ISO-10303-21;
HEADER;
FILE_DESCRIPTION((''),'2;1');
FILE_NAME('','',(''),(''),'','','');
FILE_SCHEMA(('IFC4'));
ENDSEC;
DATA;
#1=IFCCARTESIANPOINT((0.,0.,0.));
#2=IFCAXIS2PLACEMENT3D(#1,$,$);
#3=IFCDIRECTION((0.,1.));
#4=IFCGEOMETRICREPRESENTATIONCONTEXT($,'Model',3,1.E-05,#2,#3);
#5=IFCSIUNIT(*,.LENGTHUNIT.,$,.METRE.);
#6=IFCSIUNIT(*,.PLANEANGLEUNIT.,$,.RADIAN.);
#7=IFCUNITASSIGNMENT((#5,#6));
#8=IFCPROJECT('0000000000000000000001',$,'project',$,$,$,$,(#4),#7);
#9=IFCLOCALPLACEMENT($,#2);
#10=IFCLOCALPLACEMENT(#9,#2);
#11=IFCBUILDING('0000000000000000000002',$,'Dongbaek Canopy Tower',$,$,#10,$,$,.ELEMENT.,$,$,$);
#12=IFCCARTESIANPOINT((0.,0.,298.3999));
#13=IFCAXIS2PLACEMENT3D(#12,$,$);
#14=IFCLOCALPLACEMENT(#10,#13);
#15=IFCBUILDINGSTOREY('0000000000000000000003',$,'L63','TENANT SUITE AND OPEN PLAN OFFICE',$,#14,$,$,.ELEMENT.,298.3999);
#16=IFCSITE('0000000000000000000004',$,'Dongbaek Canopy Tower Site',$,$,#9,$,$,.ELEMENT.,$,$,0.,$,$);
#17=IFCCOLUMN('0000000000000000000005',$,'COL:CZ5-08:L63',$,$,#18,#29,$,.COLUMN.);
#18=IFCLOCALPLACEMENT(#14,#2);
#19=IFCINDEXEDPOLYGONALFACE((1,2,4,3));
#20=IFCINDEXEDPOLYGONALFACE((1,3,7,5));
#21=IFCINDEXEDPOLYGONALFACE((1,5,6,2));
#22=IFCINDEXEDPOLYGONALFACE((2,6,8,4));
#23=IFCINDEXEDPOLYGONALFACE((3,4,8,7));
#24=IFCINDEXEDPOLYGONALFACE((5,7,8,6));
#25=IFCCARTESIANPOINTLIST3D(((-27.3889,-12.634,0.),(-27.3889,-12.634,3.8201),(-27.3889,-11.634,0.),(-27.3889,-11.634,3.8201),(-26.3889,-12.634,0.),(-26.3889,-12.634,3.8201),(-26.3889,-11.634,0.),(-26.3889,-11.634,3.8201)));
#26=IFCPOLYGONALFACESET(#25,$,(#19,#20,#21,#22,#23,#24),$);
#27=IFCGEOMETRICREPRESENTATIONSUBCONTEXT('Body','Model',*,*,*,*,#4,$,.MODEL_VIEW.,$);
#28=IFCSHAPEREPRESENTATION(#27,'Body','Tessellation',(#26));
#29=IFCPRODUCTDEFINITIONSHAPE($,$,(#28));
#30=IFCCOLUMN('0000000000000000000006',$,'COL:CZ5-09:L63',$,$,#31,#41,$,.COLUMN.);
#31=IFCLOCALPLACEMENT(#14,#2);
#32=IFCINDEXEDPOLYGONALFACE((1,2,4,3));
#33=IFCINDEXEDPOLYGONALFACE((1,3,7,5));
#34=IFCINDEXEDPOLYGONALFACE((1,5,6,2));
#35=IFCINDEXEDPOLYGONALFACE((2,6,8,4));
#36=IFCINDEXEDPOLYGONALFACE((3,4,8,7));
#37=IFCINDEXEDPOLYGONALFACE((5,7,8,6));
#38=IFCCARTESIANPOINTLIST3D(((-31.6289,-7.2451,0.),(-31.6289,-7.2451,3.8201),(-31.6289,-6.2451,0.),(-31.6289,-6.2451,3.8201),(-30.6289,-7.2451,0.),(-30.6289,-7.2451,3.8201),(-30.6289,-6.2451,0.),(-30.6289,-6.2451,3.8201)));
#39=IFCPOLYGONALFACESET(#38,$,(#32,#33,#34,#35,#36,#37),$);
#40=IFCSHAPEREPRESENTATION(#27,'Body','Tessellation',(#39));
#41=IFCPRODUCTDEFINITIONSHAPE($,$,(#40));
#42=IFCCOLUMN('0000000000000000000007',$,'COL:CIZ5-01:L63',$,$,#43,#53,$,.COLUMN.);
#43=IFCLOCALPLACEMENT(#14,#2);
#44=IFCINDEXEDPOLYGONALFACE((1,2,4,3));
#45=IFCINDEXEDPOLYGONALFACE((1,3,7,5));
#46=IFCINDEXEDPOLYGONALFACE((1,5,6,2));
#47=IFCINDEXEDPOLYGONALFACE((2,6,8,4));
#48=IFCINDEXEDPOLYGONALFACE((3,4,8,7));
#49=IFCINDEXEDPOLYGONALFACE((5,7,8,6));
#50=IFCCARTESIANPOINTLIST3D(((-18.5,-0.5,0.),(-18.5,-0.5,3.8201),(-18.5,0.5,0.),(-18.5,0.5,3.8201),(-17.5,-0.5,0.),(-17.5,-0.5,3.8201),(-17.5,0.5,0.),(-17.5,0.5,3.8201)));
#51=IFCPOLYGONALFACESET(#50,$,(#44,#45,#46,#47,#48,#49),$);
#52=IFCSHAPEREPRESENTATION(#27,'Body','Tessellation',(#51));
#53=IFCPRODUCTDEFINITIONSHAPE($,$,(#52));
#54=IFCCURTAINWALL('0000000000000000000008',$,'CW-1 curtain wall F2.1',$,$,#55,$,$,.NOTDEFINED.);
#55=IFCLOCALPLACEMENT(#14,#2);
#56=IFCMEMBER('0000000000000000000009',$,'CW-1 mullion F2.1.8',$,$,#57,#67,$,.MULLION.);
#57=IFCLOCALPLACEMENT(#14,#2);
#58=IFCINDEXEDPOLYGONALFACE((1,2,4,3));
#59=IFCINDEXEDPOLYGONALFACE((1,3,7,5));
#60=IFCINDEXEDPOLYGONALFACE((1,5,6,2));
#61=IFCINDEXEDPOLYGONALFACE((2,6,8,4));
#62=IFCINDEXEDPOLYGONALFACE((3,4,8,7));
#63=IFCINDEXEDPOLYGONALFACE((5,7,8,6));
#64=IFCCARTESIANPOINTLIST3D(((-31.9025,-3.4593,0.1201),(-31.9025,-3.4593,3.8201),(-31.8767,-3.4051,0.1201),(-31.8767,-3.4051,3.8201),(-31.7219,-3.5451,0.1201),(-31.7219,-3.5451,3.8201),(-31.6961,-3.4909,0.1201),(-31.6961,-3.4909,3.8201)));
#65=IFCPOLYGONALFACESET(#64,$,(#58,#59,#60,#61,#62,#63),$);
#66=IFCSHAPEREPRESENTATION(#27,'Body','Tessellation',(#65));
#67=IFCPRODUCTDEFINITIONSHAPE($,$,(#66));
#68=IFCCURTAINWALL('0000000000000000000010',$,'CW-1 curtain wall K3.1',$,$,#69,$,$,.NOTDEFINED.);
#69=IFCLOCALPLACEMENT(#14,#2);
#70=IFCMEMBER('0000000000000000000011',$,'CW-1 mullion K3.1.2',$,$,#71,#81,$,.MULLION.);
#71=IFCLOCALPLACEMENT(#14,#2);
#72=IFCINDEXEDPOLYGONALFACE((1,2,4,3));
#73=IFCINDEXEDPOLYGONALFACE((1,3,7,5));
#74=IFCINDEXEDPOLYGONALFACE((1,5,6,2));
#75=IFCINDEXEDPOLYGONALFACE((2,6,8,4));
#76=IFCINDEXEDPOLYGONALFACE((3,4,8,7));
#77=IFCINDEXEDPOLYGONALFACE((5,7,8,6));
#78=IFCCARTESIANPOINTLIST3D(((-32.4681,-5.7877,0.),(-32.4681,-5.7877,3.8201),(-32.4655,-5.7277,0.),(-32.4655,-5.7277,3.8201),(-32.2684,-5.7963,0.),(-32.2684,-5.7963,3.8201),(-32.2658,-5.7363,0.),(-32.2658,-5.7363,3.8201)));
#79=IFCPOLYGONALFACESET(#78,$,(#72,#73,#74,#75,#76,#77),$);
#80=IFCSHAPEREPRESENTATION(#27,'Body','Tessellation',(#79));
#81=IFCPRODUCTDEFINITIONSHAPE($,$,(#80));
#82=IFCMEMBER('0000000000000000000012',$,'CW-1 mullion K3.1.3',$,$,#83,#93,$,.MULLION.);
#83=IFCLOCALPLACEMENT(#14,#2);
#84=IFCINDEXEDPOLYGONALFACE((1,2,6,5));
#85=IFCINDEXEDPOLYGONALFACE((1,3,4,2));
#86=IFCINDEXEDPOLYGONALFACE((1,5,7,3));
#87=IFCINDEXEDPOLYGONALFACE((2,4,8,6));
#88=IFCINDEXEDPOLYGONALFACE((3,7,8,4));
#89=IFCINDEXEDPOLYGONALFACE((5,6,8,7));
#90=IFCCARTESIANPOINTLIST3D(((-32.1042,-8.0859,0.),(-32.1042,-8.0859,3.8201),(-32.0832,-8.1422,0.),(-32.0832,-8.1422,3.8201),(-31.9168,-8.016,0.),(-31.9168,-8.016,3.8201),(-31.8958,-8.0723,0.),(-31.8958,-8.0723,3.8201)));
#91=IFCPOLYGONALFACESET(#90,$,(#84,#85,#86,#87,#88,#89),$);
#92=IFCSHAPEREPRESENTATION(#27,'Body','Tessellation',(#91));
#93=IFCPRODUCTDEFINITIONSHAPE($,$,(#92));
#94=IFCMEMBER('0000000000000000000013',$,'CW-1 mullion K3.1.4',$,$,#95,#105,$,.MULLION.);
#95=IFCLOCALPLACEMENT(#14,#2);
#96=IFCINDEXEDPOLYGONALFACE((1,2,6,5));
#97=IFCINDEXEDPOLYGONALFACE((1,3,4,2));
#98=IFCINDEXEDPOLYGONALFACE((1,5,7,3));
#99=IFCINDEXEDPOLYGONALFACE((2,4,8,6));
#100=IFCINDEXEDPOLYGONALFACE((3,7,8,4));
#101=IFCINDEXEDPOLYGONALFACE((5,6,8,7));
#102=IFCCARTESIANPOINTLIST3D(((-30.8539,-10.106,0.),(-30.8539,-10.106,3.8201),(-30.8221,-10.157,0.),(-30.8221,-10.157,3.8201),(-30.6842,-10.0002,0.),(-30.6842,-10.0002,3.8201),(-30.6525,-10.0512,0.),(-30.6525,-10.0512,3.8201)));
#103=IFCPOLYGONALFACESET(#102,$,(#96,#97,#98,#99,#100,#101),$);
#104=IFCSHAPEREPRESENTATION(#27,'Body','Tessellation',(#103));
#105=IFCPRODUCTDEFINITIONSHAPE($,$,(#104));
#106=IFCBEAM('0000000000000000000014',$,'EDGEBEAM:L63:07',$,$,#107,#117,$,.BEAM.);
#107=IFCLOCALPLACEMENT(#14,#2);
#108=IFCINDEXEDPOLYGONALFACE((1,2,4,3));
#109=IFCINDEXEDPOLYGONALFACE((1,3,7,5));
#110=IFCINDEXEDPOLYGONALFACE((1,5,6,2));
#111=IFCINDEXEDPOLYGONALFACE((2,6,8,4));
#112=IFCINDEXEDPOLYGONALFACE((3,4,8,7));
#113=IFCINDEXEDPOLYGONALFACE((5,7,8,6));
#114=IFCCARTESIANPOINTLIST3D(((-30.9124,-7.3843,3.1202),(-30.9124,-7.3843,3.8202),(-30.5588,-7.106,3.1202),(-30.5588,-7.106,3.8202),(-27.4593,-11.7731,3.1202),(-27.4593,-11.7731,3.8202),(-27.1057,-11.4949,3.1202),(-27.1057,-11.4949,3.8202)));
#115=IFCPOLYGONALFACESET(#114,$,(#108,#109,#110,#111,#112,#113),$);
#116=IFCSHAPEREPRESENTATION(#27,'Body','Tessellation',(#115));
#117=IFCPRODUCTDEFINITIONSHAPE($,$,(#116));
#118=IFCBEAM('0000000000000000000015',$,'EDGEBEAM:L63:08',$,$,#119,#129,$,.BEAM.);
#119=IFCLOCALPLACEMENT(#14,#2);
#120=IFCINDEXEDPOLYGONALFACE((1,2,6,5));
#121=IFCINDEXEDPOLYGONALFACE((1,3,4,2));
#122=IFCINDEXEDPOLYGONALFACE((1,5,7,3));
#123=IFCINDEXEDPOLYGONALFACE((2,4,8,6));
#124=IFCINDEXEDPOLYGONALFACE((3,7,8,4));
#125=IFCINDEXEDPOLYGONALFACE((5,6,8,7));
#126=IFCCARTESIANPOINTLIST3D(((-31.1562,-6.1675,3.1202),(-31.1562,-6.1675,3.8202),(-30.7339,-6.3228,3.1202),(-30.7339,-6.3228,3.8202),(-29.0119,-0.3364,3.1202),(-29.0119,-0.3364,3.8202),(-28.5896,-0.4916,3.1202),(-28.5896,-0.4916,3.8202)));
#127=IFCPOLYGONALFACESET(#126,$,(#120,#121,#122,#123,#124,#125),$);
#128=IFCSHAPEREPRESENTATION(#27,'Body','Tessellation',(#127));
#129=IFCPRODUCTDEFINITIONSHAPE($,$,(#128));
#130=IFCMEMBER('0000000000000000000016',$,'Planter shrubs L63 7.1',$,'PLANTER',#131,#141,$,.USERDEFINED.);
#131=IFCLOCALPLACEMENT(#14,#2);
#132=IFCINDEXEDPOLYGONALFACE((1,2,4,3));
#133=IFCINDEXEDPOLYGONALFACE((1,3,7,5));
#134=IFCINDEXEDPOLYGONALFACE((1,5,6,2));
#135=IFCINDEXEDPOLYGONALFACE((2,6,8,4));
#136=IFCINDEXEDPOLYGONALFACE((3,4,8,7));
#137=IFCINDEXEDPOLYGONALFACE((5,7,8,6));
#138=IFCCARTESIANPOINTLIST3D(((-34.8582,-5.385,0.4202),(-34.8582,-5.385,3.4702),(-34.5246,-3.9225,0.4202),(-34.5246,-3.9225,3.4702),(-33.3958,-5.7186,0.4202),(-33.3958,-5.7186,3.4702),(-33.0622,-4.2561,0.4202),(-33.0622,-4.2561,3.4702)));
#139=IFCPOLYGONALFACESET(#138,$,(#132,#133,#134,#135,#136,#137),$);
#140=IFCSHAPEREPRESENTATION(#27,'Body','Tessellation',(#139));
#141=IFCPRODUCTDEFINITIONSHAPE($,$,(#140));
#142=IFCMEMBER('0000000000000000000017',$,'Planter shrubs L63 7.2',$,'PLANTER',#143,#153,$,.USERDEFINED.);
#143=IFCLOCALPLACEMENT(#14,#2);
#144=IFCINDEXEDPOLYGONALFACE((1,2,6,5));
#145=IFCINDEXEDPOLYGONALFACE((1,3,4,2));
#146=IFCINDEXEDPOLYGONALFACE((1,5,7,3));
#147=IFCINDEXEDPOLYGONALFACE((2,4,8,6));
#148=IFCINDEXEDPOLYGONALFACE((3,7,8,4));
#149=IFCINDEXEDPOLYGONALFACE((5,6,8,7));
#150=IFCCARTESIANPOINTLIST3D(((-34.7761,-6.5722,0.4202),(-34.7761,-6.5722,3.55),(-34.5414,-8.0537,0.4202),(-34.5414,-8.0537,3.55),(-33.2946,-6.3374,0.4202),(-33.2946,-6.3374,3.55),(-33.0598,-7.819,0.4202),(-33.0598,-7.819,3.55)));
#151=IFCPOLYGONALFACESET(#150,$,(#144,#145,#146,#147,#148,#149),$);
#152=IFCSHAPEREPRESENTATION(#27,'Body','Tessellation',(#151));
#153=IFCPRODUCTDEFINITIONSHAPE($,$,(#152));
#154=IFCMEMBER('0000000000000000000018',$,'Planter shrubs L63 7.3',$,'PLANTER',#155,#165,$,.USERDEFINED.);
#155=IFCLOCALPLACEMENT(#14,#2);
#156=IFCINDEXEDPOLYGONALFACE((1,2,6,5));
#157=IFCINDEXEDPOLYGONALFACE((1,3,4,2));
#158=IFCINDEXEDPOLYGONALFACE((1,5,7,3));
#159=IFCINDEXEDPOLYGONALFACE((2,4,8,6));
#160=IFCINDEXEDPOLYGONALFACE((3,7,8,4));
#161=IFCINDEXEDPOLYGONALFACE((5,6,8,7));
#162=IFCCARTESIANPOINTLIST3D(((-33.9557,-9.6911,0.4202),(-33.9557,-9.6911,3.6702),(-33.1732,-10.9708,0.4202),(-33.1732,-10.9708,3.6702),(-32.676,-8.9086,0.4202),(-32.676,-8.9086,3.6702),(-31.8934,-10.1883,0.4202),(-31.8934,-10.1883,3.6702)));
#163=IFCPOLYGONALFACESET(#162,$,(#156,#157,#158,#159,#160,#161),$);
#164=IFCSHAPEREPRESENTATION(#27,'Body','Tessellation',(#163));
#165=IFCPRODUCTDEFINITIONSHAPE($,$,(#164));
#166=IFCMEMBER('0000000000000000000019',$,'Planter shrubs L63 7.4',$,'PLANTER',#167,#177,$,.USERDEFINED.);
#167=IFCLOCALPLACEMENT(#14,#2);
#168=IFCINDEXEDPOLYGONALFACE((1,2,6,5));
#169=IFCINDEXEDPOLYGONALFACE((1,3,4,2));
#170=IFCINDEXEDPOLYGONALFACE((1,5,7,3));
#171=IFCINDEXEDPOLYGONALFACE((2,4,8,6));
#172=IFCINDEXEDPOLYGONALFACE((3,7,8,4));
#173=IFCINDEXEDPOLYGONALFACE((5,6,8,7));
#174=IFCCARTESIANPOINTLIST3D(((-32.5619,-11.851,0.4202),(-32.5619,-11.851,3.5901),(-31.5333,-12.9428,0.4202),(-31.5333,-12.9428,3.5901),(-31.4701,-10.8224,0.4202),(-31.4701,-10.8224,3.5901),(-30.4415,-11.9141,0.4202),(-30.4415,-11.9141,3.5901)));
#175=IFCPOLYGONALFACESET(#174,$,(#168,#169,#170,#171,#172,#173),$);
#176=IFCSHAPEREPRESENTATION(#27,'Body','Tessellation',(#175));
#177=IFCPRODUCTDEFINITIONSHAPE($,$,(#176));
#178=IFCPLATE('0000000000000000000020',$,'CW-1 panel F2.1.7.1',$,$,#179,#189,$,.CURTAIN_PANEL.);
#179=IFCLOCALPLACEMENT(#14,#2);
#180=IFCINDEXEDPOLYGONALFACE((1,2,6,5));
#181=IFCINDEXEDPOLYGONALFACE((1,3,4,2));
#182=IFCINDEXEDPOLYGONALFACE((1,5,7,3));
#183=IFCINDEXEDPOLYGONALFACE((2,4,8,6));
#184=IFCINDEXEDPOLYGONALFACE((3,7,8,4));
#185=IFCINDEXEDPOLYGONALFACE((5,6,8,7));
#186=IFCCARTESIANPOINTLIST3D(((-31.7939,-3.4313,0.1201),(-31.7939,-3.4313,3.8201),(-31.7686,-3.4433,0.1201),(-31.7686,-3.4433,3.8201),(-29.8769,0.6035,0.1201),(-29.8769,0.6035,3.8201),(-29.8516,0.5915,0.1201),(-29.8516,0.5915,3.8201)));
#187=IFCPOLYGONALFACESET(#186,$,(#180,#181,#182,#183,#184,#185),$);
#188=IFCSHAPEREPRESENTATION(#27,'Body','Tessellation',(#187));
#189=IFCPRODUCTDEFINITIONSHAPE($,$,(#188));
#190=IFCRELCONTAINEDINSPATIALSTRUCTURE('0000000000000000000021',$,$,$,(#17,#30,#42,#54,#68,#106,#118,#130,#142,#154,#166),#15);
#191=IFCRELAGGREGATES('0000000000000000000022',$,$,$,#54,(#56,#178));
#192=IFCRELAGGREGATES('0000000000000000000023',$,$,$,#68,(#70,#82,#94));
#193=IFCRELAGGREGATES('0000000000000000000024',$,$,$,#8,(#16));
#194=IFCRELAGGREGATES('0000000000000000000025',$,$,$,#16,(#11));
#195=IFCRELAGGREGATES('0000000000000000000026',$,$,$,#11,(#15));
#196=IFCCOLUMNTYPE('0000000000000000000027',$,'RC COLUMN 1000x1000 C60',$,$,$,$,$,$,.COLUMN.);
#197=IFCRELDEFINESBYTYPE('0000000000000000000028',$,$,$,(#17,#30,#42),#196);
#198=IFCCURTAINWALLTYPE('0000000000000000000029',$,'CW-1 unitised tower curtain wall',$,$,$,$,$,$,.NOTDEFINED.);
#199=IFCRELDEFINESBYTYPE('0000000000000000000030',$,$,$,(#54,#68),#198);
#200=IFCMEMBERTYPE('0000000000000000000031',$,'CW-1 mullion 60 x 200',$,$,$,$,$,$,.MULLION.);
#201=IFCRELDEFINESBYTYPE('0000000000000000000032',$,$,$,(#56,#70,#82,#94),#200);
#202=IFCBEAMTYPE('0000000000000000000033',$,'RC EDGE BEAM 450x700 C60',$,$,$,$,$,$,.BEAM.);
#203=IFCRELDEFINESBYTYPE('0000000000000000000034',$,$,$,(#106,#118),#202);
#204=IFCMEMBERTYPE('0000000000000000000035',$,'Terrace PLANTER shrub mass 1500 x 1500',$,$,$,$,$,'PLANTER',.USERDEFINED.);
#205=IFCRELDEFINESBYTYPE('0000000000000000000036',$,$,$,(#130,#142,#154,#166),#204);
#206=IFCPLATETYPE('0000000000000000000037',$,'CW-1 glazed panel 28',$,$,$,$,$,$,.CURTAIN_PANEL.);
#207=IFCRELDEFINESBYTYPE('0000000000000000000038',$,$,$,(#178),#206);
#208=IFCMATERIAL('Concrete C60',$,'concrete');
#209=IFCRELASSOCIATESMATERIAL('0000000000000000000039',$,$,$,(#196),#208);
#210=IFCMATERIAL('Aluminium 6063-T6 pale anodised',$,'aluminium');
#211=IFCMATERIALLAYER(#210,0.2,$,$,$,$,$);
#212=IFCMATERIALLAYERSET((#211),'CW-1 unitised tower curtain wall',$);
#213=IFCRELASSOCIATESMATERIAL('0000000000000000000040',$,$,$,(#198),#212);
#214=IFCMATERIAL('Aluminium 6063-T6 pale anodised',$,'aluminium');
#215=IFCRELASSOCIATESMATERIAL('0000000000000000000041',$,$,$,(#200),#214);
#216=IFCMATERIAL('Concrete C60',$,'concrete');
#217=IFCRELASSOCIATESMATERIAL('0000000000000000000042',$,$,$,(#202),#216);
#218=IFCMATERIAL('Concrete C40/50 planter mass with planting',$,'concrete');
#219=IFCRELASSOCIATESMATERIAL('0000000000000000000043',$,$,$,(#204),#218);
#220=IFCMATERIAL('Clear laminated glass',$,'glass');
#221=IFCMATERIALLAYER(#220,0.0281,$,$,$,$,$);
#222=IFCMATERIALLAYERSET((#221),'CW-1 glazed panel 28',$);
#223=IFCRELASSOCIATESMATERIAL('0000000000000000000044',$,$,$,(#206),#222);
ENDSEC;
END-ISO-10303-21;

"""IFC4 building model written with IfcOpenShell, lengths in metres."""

from ifc_helpers import new_model, si_unit, direction, frame, origin, origin_2d, place, context, subcontext, project, spatial, rectangle, extrude, material, layer, layer_set, material_profile, profile_set, type_object, element, aggregate, save


model = new_model("IFC4")

# Units and contexts
model_context = context("Model", 3, precision=1e-05, world=origin(), true_north=direction((0.0, 1.0)))
body_context = subcontext(model_context, "Body", "Model", "MODEL_VIEW")
ifc_project = project(units=[si_unit("LENGTHUNIT", "METRE"), si_unit("PLANEANGLEUNIT", "RADIAN")], contexts=[model_context])

# Site, building, storey
site_placement = place(None, origin())
site = spatial("IfcSite", under=ifc_project, at=site_placement, Name="Dongbaek Canopy Tower Site", CompositionType="ELEMENT", RefElevation=0.0)
building_placement = place(site_placement, origin())
building = spatial("IfcBuilding", under=site, at=building_placement, Name="Dongbaek Canopy Tower", CompositionType="ELEMENT")
storey_placement = place(building_placement, frame((0.0, 0.0, 298.3999)))
storey = spatial("IfcBuildingStorey", under=building, at=storey_placement, Name="L63", Description="TENANT SUITE AND OPEN PLAN OFFICE", CompositionType="ELEMENT", Elevation=298.3999)

# Columns
ifc_material_1 = material(Name="Concrete C60", Category="concrete")
ifc_material_profile_1 = material_profile(ifc_material_1, rectangle(XDim=1.0, YDim=1.0, at=origin_2d()), Name="RC COLUMN 1000x1000 C60")
ifc_profile_set_1 = profile_set([ifc_material_profile_1], Name="Concrete C60")
column_type = type_object("IfcColumnType", Name="RC COLUMN 1000x1000 C60", PredefinedType="COLUMN", material=ifc_profile_set_1)
for number, where, z_axis, x_axis, name in (
    (1, (-26.8889, -12.134, 0.0), (0.0, 0.0, 1.0), (1.0, 0.0, 0.0), "COL:CZ5-08:L63"),
    (2, (-31.1289, -6.7451, 0.0), (0.0, 0.0, 1.0), (1.0, 0.0, 0.0), "COL:CZ5-09:L63"),
    (3, (-18.0, 0.0, 0.0), (0.0, 0.0, 1.0), (1.0, 0.0, 0.0), "COL:CIZ5-01:L63"),
):
    element("IfcColumn", number, at=place(storey_placement, frame(where, z_axis=z_axis, x_axis=x_axis)), inside=storey, type_object=column_type, Name=name, PredefinedType="COLUMN", context=body_context, shape_type="SweptSolid", body=[
        extrude(rectangle(XDim=1.0, YDim=1.0, at=origin_2d()), origin(), (0.0, 0.0, 1.0), 3.8201),
    ])

# Curtain wall, member
ifc_material_2 = material(Name="Aluminium 6063-T6 pale anodised", Category="aluminium")
ifc_layer_1 = layer(ifc_material_2, 0.2)
ifc_layer_set_1 = layer_set([ifc_layer_1], Name="CW-1 unitised tower curtain wall")
curtain_wall_type = type_object("IfcCurtainWallType", Name="CW-1 unitised tower curtain wall", PredefinedType="NOTDEFINED", material=ifc_layer_set_1)
curtain_wall_1_placement = place(storey_placement, origin())
curtain_wall_1 = element("IfcCurtainWall", 4, at=curtain_wall_1_placement, inside=storey, type_object=curtain_wall_type, Name="CW-1 curtain wall F2.1", PredefinedType="NOTDEFINED")
ifc_material_3 = material(Name="Aluminium 6063-T6 pale anodised", Category="aluminium")
ifc_material_profile_2 = material_profile(ifc_material_3, rectangle(XDim=0.2, YDim=0.0601, at=origin_2d()), Name="CW-1 mullion 60 x 200")
ifc_profile_set_2 = profile_set([ifc_material_profile_2], Name="Aluminium 6063-T6 pale anodised")
member_type_1 = type_object("IfcMemberType", Name="CW-1 mullion 60 x 200", PredefinedType="MULLION", material=ifc_profile_set_2)
member_1_placement = place(storey_placement, frame((-31.7993, -3.4751, 0.1201), z_axis=(0.0, 0.0, 1.0), x_axis=(-0.903236, 0.429143, 0.0)))
member_1 = element("IfcMember", 5, at=member_1_placement, type_object=member_type_1, Name="CW-1 mullion F2.1.8", PredefinedType="MULLION", context=body_context, shape_type="SweptSolid", body=[
    extrude(rectangle(XDim=0.2, YDim=0.0601, at=origin_2d()), origin(), (0.0, 0.0, 1.0), 3.7),
])

# Curtain wall, members
curtain_wall_2_placement = place(storey_placement, origin())
curtain_wall_2 = element("IfcCurtainWall", 6, at=curtain_wall_2_placement, inside=storey, type_object=curtain_wall_type, Name="CW-1 curtain wall K3.1", PredefinedType="NOTDEFINED")
member_2_placement = place(storey_placement, frame((-32.3669, -5.762, 0.0), z_axis=(0.0, 0.0, 1.0), x_axis=(-0.999071, 0.043085, 0.0)))
member_2 = element("IfcMember", 7, at=member_2_placement, type_object=member_type_1, Name="CW-1 mullion K3.1.2", PredefinedType="MULLION", context=body_context, shape_type="SweptSolid", body=[
    extrude(rectangle(XDim=0.2, YDim=0.0601, at=origin_2d()), origin(), (0.0, 0.0, 1.0), 3.8201),
])
member_3_placement = place(storey_placement, frame((-32.0, -8.0791, 0.0), z_axis=(0.0, 0.0, 1.0), x_axis=(-0.936828, -0.34979, 0.0)))
member_3 = element("IfcMember", 8, at=member_3_placement, type_object=member_type_1, Name="CW-1 mullion K3.1.3", PredefinedType="MULLION", context=body_context, shape_type="SweptSolid", body=[
    extrude(rectangle(XDim=0.2, YDim=0.0601, at=origin_2d()), origin(), (0.0, 0.0, 1.0), 3.8201),
])
member_4_placement = place(storey_placement, frame((-30.7532, -10.0786, 0.0), z_axis=(0.0, 0.0, 1.0), x_axis=(-0.848543, -0.529126, 0.0)))
member_4 = element("IfcMember", 9, at=member_4_placement, type_object=member_type_1, Name="CW-1 mullion K3.1.4", PredefinedType="MULLION", context=body_context, shape_type="SweptSolid", body=[
    extrude(rectangle(XDim=0.2, YDim=0.0601, at=origin_2d()), origin(), (0.0, 0.0, 1.0), 3.8201),
])

# Beams
ifc_material_4 = material(Name="Concrete C60", Category="concrete")
ifc_material_profile_3 = material_profile(ifc_material_4, rectangle(XDim=0.45, YDim=0.7, at=origin_2d()), Name="RC EDGE BEAM 450x700 C60")
ifc_profile_set_3 = profile_set([ifc_material_profile_3], Name="Concrete C60")
beam_type = type_object("IfcBeamType", Name="RC EDGE BEAM 450x700 C60", PredefinedType="BEAM", material=ifc_profile_set_3)
beam_1_placement = place(storey_placement, frame((-27.2825, -11.634, 3.4702), z_axis=(-0.618341, 0.78591, 0.0), x_axis=(-0.78591, -0.618341, 0.0)))
element("IfcBeam", 10, at=beam_1_placement, inside=storey, type_object=beam_type, Name="EDGEBEAM:L63:07", PredefinedType="BEAM", context=body_context, shape_type="SweptSolid", body=[
    extrude(rectangle(XDim=0.45, YDim=0.7, at=origin_2d()), origin(), (0.0, 0.0, 1.0), 5.5845),
])
beam_2_placement = place(storey_placement, frame((-30.9451, -6.2451, 3.4702), z_axis=(0.345139, 0.938552, 0.0), x_axis=(-0.938552, 0.345139, 0.0)))
element("IfcBeam", 11, at=beam_2_placement, inside=storey, type_object=beam_type, Name="EDGEBEAM:L63:08", PredefinedType="BEAM", context=body_context, shape_type="SweptSolid", body=[
    extrude(rectangle(XDim=0.45, YDim=0.7, at=origin_2d()), origin(), (0.0, 0.0, 1.0), 6.2129),
])

# Members
ifc_material_5 = material(Name="Concrete C40/50 planter mass with planting", Category="concrete")
ifc_material_profile_4 = material_profile(ifc_material_5, rectangle(XDim=1.5, YDim=1.5, at=origin_2d()), Name="Terrace PLANTER shrub mass 1500 x 1500")
ifc_profile_set_4 = profile_set([ifc_material_profile_4], Name="Concrete C40/50 planter mass with planting")
member_type_2 = type_object("IfcMemberType", Name="Terrace PLANTER shrub mass 1500 x 1500", ElementType="PLANTER", PredefinedType="USERDEFINED", material=ifc_profile_set_4)
member_5_placement = place(storey_placement, frame((-33.9602, -4.8206, 0.4202), z_axis=(0.0, 0.0, 1.0), x_axis=(-0.974955, 0.222403, 0.0)))
element("IfcMember", 12, at=member_5_placement, inside=storey, type_object=member_type_2, Name="Planter shrubs L63 7.1", ObjectType="PLANTER", PredefinedType="USERDEFINED", context=body_context, shape_type="SweptSolid", body=[
    extrude(rectangle(XDim=1.5, YDim=1.5, at=origin_2d()), origin(), (0.0, 0.0, 1.0), 3.05),
])
member_6_placement = place(storey_placement, frame((-33.918, -7.1956, 0.4202), z_axis=(0.0, 0.0, 1.0), x_axis=(-0.987681, -0.156479, 0.0)))
element("IfcMember", 13, at=member_6_placement, inside=storey, type_object=member_type_2, Name="Planter shrubs L63 7.2", ObjectType="PLANTER", PredefinedType="USERDEFINED", context=body_context, shape_type="SweptSolid", body=[
    extrude(rectangle(XDim=1.5, YDim=1.5, at=origin_2d()), origin(), (0.0, 0.0, 1.0), 3.1299),
])
member_7_placement = place(storey_placement, frame((-32.9246, -9.9397, 0.4202), z_axis=(0.0, 0.0, 1.0), x_axis=(-0.85314, -0.521682, 0.0)))
element("IfcMember", 14, at=member_7_placement, inside=storey, type_object=member_type_2, Name="Planter shrubs L63 7.3", ObjectType="PLANTER", PredefinedType="USERDEFINED", context=body_context, shape_type="SweptSolid", body=[
    extrude(rectangle(XDim=1.5, YDim=1.5, at=origin_2d()), origin(), (0.0, 0.0, 1.0), 3.25),
])
member_8_placement = place(storey_placement, frame((-31.5017, -11.8826, 0.4202), z_axis=(0.0, 0.0, 1.0), x_axis=(-0.727845, -0.685742, 0.0)))
element("IfcMember", 15, at=member_8_placement, inside=storey, type_object=member_type_2, Name="Planter shrubs L63 7.4", ObjectType="PLANTER", PredefinedType="USERDEFINED", context=body_context, shape_type="SweptSolid", body=[
    extrude(rectangle(XDim=1.5, YDim=1.5, at=origin_2d()), origin(), (0.0, 0.0, 1.0), 3.1699),
])

# Plate
ifc_material_6 = material(Name="Clear laminated glass", Category="glass")
ifc_layer_2 = layer(ifc_material_6, 0.0281)
ifc_layer_set_2 = layer_set([ifc_layer_2], Name="CW-1 glazed panel 28")
plate_type = type_object("IfcPlateType", Name="CW-1 glazed panel 28", PredefinedType="CURTAIN_PANEL", material=ifc_layer_set_2)
plate_1_placement = place(storey_placement, frame((-30.8228, -1.4199, 0.1201), z_axis=(0.0, 0.0, 1.0), x_axis=(-0.429143, -0.903236, 0.0)))
plate_1 = element("IfcPlate", 16, at=plate_1_placement, type_object=plate_type, Name="CW-1 panel F2.1.7.1", PredefinedType="CURTAIN_PANEL", context=body_context, shape_type="SweptSolid", body=[
    extrude(rectangle(XDim=4.467, YDim=0.0281, at=origin_2d()), origin(), (0.0, 0.0, 1.0), 3.7),
])
aggregate(curtain_wall_1, [member_1, plate_1])
aggregate(curtain_wall_2, [member_2, member_3, member_4])

save(model, "model.ifc")
